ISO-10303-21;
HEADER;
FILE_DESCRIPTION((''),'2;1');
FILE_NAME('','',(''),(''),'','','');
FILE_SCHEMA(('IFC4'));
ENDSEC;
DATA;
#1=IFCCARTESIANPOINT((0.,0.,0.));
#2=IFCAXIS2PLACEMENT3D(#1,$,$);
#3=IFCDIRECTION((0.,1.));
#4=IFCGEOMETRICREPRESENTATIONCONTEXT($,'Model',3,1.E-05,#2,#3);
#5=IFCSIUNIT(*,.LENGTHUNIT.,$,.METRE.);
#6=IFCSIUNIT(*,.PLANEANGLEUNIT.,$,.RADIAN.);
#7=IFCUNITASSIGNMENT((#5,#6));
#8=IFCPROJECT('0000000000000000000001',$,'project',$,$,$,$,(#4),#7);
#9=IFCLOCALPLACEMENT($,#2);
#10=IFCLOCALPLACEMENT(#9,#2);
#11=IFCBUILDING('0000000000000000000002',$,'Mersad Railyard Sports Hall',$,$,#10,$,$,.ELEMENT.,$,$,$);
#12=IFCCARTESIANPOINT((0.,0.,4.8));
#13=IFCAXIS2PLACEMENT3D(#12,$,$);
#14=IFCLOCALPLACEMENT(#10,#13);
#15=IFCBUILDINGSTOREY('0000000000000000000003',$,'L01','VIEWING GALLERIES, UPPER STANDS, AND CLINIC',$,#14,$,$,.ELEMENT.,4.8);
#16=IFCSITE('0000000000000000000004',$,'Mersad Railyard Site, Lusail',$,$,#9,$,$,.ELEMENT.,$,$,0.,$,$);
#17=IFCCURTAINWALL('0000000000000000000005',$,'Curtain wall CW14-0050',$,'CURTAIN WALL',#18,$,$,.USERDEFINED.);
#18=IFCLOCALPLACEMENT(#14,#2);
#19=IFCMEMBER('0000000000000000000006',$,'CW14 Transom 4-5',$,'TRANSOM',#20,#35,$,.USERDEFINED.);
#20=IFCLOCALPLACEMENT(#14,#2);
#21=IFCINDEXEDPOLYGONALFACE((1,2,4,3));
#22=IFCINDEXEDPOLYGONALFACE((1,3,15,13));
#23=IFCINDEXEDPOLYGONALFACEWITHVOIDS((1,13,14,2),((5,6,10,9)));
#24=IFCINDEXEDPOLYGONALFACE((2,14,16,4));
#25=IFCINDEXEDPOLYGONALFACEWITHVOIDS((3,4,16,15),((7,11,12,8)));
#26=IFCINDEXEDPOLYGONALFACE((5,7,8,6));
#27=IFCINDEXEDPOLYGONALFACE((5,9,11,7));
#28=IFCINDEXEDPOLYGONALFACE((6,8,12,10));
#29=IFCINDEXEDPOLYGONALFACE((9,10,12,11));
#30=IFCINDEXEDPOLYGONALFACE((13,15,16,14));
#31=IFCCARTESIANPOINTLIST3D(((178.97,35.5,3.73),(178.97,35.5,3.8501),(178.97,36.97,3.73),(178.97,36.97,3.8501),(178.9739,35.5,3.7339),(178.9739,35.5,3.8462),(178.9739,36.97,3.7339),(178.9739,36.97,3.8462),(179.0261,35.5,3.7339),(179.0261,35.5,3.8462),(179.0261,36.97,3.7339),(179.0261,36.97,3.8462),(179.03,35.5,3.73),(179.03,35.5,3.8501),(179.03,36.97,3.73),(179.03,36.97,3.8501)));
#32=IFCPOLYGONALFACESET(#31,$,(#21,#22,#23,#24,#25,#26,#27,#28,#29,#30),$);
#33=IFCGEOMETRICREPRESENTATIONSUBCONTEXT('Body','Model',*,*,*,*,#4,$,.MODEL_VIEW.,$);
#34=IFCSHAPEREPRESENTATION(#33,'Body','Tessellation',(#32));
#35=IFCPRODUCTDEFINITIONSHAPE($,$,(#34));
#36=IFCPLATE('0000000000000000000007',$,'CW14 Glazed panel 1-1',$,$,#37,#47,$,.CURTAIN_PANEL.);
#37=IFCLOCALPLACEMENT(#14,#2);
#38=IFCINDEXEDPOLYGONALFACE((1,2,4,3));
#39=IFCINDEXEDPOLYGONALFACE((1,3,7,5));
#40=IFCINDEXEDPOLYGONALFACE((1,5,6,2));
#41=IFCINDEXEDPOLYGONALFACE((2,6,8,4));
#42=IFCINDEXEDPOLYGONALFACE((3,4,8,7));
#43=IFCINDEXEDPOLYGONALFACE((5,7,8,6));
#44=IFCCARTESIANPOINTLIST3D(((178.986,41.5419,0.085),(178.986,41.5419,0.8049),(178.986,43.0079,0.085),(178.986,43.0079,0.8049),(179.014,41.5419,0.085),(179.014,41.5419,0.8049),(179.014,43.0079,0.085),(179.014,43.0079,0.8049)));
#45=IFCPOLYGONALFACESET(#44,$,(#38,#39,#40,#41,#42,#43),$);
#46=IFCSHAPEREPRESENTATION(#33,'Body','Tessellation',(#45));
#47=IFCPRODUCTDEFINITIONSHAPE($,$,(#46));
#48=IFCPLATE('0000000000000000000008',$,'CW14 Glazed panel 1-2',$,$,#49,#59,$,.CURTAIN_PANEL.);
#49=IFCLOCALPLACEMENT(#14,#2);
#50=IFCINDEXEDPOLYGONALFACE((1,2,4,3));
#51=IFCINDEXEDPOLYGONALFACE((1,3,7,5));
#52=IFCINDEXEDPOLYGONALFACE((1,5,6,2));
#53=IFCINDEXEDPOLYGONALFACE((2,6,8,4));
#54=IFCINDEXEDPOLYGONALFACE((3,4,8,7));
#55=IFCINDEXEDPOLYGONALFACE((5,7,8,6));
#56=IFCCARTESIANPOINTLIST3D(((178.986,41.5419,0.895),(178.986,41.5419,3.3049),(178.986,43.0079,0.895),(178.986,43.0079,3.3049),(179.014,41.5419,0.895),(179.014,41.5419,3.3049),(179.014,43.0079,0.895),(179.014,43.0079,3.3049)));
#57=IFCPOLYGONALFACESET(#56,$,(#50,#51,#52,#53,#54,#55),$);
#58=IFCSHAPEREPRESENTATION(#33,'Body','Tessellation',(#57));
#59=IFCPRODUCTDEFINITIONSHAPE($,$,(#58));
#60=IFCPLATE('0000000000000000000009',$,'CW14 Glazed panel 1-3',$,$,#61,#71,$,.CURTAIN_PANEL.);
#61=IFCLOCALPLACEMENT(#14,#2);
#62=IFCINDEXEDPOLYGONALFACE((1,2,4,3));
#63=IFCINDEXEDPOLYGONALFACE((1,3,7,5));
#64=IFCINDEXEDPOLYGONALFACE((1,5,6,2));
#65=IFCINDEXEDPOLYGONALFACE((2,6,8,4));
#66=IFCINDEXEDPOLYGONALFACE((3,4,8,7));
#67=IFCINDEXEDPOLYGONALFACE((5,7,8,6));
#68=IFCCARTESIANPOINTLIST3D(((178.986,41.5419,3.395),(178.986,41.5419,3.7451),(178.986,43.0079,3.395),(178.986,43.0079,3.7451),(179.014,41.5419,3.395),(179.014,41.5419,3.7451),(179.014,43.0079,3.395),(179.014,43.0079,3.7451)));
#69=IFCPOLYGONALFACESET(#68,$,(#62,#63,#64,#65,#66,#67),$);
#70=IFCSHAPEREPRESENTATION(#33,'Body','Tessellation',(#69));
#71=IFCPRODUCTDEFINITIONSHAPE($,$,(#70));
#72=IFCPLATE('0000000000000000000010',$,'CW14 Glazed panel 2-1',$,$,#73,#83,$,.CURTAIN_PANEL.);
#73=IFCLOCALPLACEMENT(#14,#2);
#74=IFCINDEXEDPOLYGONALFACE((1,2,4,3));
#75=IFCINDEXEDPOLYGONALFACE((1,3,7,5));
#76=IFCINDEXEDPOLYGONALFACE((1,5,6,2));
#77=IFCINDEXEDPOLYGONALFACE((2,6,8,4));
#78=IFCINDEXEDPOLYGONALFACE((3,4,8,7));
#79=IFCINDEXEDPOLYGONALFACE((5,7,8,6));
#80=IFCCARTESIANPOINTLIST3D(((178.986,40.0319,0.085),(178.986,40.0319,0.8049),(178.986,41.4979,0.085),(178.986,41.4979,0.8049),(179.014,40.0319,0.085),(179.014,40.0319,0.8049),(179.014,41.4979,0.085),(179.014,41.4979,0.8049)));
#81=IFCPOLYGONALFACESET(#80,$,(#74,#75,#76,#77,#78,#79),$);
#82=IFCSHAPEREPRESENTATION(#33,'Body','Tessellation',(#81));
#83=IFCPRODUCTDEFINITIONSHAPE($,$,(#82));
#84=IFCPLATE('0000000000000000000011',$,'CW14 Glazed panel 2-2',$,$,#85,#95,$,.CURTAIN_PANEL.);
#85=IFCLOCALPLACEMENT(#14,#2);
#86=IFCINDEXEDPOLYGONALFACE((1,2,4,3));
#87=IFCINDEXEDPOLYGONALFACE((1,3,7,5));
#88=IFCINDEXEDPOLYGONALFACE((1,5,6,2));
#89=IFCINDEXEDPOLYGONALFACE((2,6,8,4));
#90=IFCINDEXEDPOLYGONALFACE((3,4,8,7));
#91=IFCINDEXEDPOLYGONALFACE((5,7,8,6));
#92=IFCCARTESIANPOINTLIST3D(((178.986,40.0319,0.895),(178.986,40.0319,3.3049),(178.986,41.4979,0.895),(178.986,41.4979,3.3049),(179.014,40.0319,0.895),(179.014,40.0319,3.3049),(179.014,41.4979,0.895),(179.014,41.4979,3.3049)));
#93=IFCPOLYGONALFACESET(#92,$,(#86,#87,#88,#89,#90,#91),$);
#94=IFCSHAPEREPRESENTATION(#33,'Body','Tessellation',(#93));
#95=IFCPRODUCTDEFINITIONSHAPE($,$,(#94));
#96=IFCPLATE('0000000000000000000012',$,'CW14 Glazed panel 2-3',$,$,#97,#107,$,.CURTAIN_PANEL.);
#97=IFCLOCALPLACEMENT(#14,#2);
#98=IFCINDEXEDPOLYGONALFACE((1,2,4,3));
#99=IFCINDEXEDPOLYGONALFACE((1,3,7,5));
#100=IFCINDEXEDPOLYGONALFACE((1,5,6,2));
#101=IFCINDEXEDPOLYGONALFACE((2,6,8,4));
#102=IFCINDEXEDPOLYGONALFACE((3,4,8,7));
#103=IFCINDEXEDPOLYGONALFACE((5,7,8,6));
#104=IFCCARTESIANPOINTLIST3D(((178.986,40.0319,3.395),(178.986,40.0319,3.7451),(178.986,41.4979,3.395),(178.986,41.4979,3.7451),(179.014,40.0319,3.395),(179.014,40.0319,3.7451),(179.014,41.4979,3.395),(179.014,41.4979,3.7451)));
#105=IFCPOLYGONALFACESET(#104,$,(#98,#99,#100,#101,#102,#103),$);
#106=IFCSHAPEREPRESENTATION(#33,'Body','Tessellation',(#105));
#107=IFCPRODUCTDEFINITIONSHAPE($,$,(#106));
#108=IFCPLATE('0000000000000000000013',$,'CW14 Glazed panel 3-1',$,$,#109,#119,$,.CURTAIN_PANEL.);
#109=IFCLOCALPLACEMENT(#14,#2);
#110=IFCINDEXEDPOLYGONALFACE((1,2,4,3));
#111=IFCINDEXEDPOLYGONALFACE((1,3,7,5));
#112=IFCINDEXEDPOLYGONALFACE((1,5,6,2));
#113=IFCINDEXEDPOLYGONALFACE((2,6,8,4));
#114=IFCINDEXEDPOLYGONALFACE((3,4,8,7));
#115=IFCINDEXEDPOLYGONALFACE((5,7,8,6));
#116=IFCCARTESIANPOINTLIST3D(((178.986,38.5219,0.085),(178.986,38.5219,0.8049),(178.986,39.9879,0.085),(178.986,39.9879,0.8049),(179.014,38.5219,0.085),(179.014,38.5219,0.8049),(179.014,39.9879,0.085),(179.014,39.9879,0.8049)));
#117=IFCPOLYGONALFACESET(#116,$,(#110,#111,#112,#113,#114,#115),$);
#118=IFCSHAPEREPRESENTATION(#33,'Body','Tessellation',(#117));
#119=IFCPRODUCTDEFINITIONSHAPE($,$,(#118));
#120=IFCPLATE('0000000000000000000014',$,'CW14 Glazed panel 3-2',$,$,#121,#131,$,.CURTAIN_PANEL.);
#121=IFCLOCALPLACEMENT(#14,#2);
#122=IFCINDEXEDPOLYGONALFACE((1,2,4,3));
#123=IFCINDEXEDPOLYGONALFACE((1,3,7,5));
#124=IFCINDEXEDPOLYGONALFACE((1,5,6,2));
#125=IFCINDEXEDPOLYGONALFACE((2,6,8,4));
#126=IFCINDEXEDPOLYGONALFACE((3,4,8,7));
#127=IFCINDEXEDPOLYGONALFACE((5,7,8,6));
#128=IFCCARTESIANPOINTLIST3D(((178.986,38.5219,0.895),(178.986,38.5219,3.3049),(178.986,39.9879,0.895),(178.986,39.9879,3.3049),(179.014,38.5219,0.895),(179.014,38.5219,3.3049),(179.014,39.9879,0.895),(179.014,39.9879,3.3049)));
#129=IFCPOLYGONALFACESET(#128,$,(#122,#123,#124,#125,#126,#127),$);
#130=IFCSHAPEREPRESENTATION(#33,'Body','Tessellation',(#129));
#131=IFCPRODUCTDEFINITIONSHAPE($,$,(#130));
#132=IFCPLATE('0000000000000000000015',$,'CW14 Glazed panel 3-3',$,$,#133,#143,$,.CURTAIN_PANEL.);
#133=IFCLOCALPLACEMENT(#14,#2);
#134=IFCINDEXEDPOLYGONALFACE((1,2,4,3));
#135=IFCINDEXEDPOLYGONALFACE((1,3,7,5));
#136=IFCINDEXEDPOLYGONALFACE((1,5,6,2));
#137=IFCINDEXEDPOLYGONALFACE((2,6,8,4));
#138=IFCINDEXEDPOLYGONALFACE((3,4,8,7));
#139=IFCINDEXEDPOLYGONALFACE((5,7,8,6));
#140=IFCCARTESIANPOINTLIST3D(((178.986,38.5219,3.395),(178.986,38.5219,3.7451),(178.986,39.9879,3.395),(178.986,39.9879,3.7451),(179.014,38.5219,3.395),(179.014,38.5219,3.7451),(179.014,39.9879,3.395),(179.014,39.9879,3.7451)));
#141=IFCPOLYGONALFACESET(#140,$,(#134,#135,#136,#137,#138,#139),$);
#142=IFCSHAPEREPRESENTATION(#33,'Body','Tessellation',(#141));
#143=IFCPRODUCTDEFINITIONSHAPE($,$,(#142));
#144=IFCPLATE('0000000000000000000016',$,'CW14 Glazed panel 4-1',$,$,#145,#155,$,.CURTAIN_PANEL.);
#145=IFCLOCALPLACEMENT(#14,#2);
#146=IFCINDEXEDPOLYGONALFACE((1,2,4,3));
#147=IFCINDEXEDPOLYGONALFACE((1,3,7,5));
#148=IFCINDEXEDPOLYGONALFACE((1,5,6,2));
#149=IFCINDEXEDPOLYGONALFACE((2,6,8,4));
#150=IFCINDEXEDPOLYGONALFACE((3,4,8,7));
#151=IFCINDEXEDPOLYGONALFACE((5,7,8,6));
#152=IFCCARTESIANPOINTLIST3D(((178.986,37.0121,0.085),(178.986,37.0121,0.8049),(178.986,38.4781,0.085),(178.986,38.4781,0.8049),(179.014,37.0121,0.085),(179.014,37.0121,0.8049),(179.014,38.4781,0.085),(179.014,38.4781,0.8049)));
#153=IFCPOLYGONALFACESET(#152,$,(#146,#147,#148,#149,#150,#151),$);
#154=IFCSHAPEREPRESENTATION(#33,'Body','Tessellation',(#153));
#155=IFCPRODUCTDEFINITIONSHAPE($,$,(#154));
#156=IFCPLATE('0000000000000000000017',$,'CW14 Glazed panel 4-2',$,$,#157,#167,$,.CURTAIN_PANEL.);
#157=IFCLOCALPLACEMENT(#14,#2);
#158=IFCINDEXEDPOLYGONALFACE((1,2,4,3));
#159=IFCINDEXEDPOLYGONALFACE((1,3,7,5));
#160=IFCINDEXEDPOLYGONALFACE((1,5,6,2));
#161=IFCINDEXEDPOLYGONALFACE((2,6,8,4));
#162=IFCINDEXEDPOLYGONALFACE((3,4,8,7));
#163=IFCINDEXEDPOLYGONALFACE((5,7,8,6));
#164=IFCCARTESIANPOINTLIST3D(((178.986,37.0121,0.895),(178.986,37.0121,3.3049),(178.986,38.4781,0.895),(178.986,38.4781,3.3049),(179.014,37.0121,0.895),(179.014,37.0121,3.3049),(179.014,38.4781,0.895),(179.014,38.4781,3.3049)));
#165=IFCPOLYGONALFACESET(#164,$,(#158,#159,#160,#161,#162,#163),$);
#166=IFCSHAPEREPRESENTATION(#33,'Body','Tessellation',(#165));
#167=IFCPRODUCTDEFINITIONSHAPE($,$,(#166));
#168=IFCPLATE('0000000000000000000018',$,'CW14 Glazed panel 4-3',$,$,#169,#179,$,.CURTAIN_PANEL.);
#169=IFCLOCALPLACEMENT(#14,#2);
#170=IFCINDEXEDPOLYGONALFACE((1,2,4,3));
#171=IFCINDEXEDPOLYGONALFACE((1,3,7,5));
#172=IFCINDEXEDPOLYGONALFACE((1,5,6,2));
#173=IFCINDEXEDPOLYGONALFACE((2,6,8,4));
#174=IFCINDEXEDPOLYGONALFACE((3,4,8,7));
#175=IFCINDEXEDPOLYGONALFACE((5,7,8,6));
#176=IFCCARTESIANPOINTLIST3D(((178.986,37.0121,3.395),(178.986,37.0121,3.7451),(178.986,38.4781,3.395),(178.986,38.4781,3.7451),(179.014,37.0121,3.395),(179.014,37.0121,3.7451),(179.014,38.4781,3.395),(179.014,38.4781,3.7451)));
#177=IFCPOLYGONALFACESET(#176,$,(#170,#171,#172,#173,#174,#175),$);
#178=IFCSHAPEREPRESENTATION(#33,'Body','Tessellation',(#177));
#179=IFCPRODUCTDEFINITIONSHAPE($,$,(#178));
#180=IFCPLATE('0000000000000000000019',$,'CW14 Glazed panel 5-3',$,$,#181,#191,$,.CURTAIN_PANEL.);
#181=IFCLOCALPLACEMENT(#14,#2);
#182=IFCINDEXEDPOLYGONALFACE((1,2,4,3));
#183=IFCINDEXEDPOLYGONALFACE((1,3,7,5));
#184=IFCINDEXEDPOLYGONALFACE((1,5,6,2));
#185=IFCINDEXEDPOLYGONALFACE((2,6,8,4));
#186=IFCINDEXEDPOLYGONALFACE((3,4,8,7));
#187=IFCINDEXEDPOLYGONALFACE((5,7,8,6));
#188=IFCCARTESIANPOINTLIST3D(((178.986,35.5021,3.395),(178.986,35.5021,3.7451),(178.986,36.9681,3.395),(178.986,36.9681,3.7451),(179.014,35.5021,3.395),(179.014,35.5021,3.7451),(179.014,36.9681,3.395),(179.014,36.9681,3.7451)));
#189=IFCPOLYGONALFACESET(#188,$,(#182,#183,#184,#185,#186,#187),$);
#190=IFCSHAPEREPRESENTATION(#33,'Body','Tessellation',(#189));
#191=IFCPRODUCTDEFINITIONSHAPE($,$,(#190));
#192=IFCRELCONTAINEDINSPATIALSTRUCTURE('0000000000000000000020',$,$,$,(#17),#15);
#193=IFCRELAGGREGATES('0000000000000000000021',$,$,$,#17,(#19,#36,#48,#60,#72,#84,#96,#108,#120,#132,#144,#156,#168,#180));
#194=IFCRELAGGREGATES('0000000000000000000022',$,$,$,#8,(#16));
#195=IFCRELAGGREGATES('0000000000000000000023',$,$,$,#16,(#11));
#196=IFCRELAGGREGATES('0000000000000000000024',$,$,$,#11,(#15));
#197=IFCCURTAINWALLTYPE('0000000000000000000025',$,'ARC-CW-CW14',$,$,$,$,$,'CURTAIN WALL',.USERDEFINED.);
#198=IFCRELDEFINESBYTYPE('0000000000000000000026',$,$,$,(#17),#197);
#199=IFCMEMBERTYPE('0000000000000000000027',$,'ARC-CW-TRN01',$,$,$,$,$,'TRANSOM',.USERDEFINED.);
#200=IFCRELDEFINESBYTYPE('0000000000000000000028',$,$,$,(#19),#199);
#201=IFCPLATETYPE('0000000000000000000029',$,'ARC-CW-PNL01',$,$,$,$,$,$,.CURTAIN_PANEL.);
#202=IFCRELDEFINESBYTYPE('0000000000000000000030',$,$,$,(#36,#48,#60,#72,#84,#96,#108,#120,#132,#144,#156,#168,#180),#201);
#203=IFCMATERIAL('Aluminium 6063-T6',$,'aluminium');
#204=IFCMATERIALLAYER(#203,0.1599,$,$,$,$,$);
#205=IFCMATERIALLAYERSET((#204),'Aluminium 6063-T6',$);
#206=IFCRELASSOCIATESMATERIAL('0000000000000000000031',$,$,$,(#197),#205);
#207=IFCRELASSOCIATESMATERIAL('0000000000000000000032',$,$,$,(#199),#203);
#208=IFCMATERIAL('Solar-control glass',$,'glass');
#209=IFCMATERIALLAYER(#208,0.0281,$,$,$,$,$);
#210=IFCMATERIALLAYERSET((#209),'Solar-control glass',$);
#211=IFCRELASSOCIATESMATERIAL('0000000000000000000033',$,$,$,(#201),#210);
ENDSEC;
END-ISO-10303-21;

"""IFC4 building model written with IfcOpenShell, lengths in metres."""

from ifc_helpers import new_model, si_unit, direction, frame, origin, origin_2d, place, context, subcontext, project, spatial, rectangle, hollow_rectangle, extrude, material, layer, layer_set, material_profile, profile_set, type_object, element, aggregate, save


model = new_model("IFC4")

# Units and contexts
model_context = context("Model", 3, precision=1e-05, world=origin(), true_north=direction((0.0, 1.0)))
body_context = subcontext(model_context, "Body", "Model", "MODEL_VIEW")
ifc_project = project(units=[si_unit("LENGTHUNIT", "METRE"), si_unit("PLANEANGLEUNIT", "RADIAN")], contexts=[model_context])

# Site, building, storey
site_placement = place(None, origin())
site = spatial("IfcSite", under=ifc_project, at=site_placement, Name="Mersad Railyard Site, Lusail", CompositionType="ELEMENT", RefElevation=0.0)
building_placement = place(site_placement, origin())
building = spatial("IfcBuilding", under=site, at=building_placement, Name="Mersad Railyard Sports Hall", CompositionType="ELEMENT")
storey_placement = place(building_placement, frame((0.0, 0.0, 4.8)))
storey = spatial("IfcBuildingStorey", under=building, at=storey_placement, Name="L01", Description="VIEWING GALLERIES, UPPER STANDS, AND CLINIC", CompositionType="ELEMENT", Elevation=4.8)

# Curtain wall, member, plates
ifc_material_1 = material(Name="Aluminium 6063-T6", Category="aluminium")
ifc_layer_1 = layer(ifc_material_1, 0.1599)
ifc_layer_set_1 = layer_set([ifc_layer_1], Name="Aluminium 6063-T6")
curtain_wall_type = type_object("IfcCurtainWallType", Name="ARC-CW-CW14", ElementType="CURTAIN WALL", PredefinedType="USERDEFINED", material=ifc_layer_set_1)
curtain_wall_placement = place(storey_placement, origin())
curtain_wall = element("IfcCurtainWall", 1, at=curtain_wall_placement, inside=storey, type_object=curtain_wall_type, Name="Curtain wall CW14-0050", ObjectType="CURTAIN WALL", PredefinedType="USERDEFINED")
ifc_material_profile_1 = material_profile(ifc_material_1, hollow_rectangle(XDim=0.0601, YDim=0.1201, WallThickness=0.0039, at=origin_2d()), Name="AL TRANSOM 60x120x4")
ifc_profile_set_1 = profile_set([ifc_material_profile_1], Name="Aluminium 6063-T6")
member_type_1 = type_object("IfcMemberType", Name="ARC-CW-TRN01", ElementType="TRANSOM", PredefinedType="USERDEFINED", material=ifc_profile_set_1)
member_1_placement = place(storey_placement, frame((179.0, 36.97, 3.79), z_axis=(0.0, -1.0, 0.0), x_axis=(1.0, 0.0, 0.0)))
member_1 = element("IfcMember", 2, at=member_1_placement, type_object=member_type_1, Name="CW14 Transom 4-5", ObjectType="TRANSOM", PredefinedType="USERDEFINED", context=body_context, shape_type="SweptSolid", body=[
    extrude(hollow_rectangle(XDim=0.0601, YDim=0.1201, WallThickness=0.0039, at=origin_2d()), origin(), (0.0, 0.0, 1.0), 1.47),
])
ifc_material_2 = material(Name="Solar-control glass", Category="glass")
ifc_layer_2 = layer(ifc_material_2, 0.0281)
ifc_layer_set_2 = layer_set([ifc_layer_2], Name="Solar-control glass")
plate_type = type_object("IfcPlateType", Name="ARC-CW-PNL01", PredefinedType="CURTAIN_PANEL", material=ifc_layer_set_2)
plate_1_placement = place(storey_placement, frame((179.0, 42.2749, 0.085), z_axis=(0.0, 0.0, 1.0), x_axis=(0.0, -1.0, 0.0)))
plate_1 = element("IfcPlate", 3, at=plate_1_placement, type_object=plate_type, Name="CW14 Glazed panel 1-1", PredefinedType="CURTAIN_PANEL", context=body_context, shape_type="SweptSolid", body=[
    extrude(rectangle(XDim=1.4661, YDim=0.0281, at=origin_2d()), origin(), (0.0, 0.0, 1.0), 0.72),
])
plate_2_placement = place(storey_placement, frame((179.0, 42.2749, 0.895), z_axis=(0.0, 0.0, 1.0), x_axis=(0.0, -1.0, 0.0)))
plate_2 = element("IfcPlate", 4, at=plate_2_placement, type_object=plate_type, Name="CW14 Glazed panel 1-2", PredefinedType="CURTAIN_PANEL", context=body_context, shape_type="SweptSolid", body=[
    extrude(rectangle(XDim=1.4661, YDim=0.0281, at=origin_2d()), origin(), (0.0, 0.0, 1.0), 2.4099),
])
plate_3_placement = place(storey_placement, frame((179.0, 42.2749, 3.395), z_axis=(0.0, 0.0, 1.0), x_axis=(0.0, -1.0, 0.0)))
plate_3 = element("IfcPlate", 5, at=plate_3_placement, type_object=plate_type, Name="CW14 Glazed panel 1-3", PredefinedType="CURTAIN_PANEL", context=body_context, shape_type="SweptSolid", body=[
    extrude(rectangle(XDim=1.4661, YDim=0.0281, at=origin_2d()), origin(), (0.0, 0.0, 1.0), 0.3501),
])
plate_4_placement = place(storey_placement, frame((179.0, 40.7649, 0.085), z_axis=(0.0, 0.0, 1.0), x_axis=(0.0, -1.0, 0.0)))
plate_4 = element("IfcPlate", 6, at=plate_4_placement, type_object=plate_type, Name="CW14 Glazed panel 2-1", PredefinedType="CURTAIN_PANEL", context=body_context, shape_type="SweptSolid", body=[
    extrude(rectangle(XDim=1.4661, YDim=0.0281, at=origin_2d()), origin(), (0.0, 0.0, 1.0), 0.72),
])
plate_5_placement = place(storey_placement, frame((179.0, 40.7649, 0.895), z_axis=(0.0, 0.0, 1.0), x_axis=(0.0, -1.0, 0.0)))
plate_5 = element("IfcPlate", 7, at=plate_5_placement, type_object=plate_type, Name="CW14 Glazed panel 2-2", PredefinedType="CURTAIN_PANEL", context=body_context, shape_type="SweptSolid", body=[
    extrude(rectangle(XDim=1.4661, YDim=0.0281, at=origin_2d()), origin(), (0.0, 0.0, 1.0), 2.4099),
])
plate_6_placement = place(storey_placement, frame((179.0, 40.7649, 3.395), z_axis=(0.0, 0.0, 1.0), x_axis=(0.0, -1.0, 0.0)))
plate_6 = element("IfcPlate", 8, at=plate_6_placement, type_object=plate_type, Name="CW14 Glazed panel 2-3", PredefinedType="CURTAIN_PANEL", context=body_context, shape_type="SweptSolid", body=[
    extrude(rectangle(XDim=1.4661, YDim=0.0281, at=origin_2d()), origin(), (0.0, 0.0, 1.0), 0.3501),
])
plate_7_placement = place(storey_placement, frame((179.0, 39.2549, 0.085), z_axis=(0.0, 0.0, 1.0), x_axis=(0.0, -1.0, 0.0)))
plate_7 = element("IfcPlate", 9, at=plate_7_placement, type_object=plate_type, Name="CW14 Glazed panel 3-1", PredefinedType="CURTAIN_PANEL", context=body_context, shape_type="SweptSolid", body=[
    extrude(rectangle(XDim=1.4661, YDim=0.0281, at=origin_2d()), origin(), (0.0, 0.0, 1.0), 0.72),
])
plate_8_placement = place(storey_placement, frame((179.0, 39.2549, 0.895), z_axis=(0.0, 0.0, 1.0), x_axis=(0.0, -1.0, 0.0)))
plate_8 = element("IfcPlate", 10, at=plate_8_placement, type_object=plate_type, Name="CW14 Glazed panel 3-2", PredefinedType="CURTAIN_PANEL", context=body_context, shape_type="SweptSolid", body=[
    extrude(rectangle(XDim=1.4661, YDim=0.0281, at=origin_2d()), origin(), (0.0, 0.0, 1.0), 2.4099),
])
plate_9_placement = place(storey_placement, frame((179.0, 39.2549, 3.395), z_axis=(0.0, 0.0, 1.0), x_axis=(0.0, -1.0, 0.0)))
plate_9 = element("IfcPlate", 11, at=plate_9_placement, type_object=plate_type, Name="CW14 Glazed panel 3-3", PredefinedType="CURTAIN_PANEL", context=body_context, shape_type="SweptSolid", body=[
    extrude(rectangle(XDim=1.4661, YDim=0.0281, at=origin_2d()), origin(), (0.0, 0.0, 1.0), 0.3501),
])
plate_10_placement = place(storey_placement, frame((179.0, 37.7451, 0.085), z_axis=(0.0, 0.0, 1.0), x_axis=(0.0, -1.0, 0.0)))
plate_10 = element("IfcPlate", 12, at=plate_10_placement, type_object=plate_type, Name="CW14 Glazed panel 4-1", PredefinedType="CURTAIN_PANEL", context=body_context, shape_type="SweptSolid", body=[
    extrude(rectangle(XDim=1.4661, YDim=0.0281, at=origin_2d()), origin(), (0.0, 0.0, 1.0), 0.72),
])
plate_11_placement = place(storey_placement, frame((179.0, 37.7451, 0.895), z_axis=(0.0, 0.0, 1.0), x_axis=(0.0, -1.0, 0.0)))
plate_11 = element("IfcPlate", 13, at=plate_11_placement, type_object=plate_type, Name="CW14 Glazed panel 4-2", PredefinedType="CURTAIN_PANEL", context=body_context, shape_type="SweptSolid", body=[
    extrude(rectangle(XDim=1.4661, YDim=0.0281, at=origin_2d()), origin(), (0.0, 0.0, 1.0), 2.4099),
])
plate_12_placement = place(storey_placement, frame((179.0, 37.7451, 3.395), z_axis=(0.0, 0.0, 1.0), x_axis=(0.0, -1.0, 0.0)))
plate_12 = element("IfcPlate", 14, at=plate_12_placement, type_object=plate_type, Name="CW14 Glazed panel 4-3", PredefinedType="CURTAIN_PANEL", context=body_context, shape_type="SweptSolid", body=[
    extrude(rectangle(XDim=1.4661, YDim=0.0281, at=origin_2d()), origin(), (0.0, 0.0, 1.0), 0.3501),
])
plate_13_placement = place(storey_placement, frame((179.0, 36.2351, 3.395), z_axis=(0.0, 0.0, 1.0), x_axis=(0.0, -1.0, 0.0)))
plate_13 = element("IfcPlate", 15, at=plate_13_placement, type_object=plate_type, Name="CW14 Glazed panel 5-3", PredefinedType="CURTAIN_PANEL", context=body_context, shape_type="SweptSolid", body=[
    extrude(rectangle(XDim=1.4661, YDim=0.0281, at=origin_2d()), origin(), (0.0, 0.0, 1.0), 0.3501),
])
aggregate(curtain_wall, [member_1, plate_1, plate_2, plate_3, plate_4, plate_5, plate_6, plate_7, plate_8, plate_9, plate_10, plate_11, plate_12, plate_13])

save(model, "model.ifc")
